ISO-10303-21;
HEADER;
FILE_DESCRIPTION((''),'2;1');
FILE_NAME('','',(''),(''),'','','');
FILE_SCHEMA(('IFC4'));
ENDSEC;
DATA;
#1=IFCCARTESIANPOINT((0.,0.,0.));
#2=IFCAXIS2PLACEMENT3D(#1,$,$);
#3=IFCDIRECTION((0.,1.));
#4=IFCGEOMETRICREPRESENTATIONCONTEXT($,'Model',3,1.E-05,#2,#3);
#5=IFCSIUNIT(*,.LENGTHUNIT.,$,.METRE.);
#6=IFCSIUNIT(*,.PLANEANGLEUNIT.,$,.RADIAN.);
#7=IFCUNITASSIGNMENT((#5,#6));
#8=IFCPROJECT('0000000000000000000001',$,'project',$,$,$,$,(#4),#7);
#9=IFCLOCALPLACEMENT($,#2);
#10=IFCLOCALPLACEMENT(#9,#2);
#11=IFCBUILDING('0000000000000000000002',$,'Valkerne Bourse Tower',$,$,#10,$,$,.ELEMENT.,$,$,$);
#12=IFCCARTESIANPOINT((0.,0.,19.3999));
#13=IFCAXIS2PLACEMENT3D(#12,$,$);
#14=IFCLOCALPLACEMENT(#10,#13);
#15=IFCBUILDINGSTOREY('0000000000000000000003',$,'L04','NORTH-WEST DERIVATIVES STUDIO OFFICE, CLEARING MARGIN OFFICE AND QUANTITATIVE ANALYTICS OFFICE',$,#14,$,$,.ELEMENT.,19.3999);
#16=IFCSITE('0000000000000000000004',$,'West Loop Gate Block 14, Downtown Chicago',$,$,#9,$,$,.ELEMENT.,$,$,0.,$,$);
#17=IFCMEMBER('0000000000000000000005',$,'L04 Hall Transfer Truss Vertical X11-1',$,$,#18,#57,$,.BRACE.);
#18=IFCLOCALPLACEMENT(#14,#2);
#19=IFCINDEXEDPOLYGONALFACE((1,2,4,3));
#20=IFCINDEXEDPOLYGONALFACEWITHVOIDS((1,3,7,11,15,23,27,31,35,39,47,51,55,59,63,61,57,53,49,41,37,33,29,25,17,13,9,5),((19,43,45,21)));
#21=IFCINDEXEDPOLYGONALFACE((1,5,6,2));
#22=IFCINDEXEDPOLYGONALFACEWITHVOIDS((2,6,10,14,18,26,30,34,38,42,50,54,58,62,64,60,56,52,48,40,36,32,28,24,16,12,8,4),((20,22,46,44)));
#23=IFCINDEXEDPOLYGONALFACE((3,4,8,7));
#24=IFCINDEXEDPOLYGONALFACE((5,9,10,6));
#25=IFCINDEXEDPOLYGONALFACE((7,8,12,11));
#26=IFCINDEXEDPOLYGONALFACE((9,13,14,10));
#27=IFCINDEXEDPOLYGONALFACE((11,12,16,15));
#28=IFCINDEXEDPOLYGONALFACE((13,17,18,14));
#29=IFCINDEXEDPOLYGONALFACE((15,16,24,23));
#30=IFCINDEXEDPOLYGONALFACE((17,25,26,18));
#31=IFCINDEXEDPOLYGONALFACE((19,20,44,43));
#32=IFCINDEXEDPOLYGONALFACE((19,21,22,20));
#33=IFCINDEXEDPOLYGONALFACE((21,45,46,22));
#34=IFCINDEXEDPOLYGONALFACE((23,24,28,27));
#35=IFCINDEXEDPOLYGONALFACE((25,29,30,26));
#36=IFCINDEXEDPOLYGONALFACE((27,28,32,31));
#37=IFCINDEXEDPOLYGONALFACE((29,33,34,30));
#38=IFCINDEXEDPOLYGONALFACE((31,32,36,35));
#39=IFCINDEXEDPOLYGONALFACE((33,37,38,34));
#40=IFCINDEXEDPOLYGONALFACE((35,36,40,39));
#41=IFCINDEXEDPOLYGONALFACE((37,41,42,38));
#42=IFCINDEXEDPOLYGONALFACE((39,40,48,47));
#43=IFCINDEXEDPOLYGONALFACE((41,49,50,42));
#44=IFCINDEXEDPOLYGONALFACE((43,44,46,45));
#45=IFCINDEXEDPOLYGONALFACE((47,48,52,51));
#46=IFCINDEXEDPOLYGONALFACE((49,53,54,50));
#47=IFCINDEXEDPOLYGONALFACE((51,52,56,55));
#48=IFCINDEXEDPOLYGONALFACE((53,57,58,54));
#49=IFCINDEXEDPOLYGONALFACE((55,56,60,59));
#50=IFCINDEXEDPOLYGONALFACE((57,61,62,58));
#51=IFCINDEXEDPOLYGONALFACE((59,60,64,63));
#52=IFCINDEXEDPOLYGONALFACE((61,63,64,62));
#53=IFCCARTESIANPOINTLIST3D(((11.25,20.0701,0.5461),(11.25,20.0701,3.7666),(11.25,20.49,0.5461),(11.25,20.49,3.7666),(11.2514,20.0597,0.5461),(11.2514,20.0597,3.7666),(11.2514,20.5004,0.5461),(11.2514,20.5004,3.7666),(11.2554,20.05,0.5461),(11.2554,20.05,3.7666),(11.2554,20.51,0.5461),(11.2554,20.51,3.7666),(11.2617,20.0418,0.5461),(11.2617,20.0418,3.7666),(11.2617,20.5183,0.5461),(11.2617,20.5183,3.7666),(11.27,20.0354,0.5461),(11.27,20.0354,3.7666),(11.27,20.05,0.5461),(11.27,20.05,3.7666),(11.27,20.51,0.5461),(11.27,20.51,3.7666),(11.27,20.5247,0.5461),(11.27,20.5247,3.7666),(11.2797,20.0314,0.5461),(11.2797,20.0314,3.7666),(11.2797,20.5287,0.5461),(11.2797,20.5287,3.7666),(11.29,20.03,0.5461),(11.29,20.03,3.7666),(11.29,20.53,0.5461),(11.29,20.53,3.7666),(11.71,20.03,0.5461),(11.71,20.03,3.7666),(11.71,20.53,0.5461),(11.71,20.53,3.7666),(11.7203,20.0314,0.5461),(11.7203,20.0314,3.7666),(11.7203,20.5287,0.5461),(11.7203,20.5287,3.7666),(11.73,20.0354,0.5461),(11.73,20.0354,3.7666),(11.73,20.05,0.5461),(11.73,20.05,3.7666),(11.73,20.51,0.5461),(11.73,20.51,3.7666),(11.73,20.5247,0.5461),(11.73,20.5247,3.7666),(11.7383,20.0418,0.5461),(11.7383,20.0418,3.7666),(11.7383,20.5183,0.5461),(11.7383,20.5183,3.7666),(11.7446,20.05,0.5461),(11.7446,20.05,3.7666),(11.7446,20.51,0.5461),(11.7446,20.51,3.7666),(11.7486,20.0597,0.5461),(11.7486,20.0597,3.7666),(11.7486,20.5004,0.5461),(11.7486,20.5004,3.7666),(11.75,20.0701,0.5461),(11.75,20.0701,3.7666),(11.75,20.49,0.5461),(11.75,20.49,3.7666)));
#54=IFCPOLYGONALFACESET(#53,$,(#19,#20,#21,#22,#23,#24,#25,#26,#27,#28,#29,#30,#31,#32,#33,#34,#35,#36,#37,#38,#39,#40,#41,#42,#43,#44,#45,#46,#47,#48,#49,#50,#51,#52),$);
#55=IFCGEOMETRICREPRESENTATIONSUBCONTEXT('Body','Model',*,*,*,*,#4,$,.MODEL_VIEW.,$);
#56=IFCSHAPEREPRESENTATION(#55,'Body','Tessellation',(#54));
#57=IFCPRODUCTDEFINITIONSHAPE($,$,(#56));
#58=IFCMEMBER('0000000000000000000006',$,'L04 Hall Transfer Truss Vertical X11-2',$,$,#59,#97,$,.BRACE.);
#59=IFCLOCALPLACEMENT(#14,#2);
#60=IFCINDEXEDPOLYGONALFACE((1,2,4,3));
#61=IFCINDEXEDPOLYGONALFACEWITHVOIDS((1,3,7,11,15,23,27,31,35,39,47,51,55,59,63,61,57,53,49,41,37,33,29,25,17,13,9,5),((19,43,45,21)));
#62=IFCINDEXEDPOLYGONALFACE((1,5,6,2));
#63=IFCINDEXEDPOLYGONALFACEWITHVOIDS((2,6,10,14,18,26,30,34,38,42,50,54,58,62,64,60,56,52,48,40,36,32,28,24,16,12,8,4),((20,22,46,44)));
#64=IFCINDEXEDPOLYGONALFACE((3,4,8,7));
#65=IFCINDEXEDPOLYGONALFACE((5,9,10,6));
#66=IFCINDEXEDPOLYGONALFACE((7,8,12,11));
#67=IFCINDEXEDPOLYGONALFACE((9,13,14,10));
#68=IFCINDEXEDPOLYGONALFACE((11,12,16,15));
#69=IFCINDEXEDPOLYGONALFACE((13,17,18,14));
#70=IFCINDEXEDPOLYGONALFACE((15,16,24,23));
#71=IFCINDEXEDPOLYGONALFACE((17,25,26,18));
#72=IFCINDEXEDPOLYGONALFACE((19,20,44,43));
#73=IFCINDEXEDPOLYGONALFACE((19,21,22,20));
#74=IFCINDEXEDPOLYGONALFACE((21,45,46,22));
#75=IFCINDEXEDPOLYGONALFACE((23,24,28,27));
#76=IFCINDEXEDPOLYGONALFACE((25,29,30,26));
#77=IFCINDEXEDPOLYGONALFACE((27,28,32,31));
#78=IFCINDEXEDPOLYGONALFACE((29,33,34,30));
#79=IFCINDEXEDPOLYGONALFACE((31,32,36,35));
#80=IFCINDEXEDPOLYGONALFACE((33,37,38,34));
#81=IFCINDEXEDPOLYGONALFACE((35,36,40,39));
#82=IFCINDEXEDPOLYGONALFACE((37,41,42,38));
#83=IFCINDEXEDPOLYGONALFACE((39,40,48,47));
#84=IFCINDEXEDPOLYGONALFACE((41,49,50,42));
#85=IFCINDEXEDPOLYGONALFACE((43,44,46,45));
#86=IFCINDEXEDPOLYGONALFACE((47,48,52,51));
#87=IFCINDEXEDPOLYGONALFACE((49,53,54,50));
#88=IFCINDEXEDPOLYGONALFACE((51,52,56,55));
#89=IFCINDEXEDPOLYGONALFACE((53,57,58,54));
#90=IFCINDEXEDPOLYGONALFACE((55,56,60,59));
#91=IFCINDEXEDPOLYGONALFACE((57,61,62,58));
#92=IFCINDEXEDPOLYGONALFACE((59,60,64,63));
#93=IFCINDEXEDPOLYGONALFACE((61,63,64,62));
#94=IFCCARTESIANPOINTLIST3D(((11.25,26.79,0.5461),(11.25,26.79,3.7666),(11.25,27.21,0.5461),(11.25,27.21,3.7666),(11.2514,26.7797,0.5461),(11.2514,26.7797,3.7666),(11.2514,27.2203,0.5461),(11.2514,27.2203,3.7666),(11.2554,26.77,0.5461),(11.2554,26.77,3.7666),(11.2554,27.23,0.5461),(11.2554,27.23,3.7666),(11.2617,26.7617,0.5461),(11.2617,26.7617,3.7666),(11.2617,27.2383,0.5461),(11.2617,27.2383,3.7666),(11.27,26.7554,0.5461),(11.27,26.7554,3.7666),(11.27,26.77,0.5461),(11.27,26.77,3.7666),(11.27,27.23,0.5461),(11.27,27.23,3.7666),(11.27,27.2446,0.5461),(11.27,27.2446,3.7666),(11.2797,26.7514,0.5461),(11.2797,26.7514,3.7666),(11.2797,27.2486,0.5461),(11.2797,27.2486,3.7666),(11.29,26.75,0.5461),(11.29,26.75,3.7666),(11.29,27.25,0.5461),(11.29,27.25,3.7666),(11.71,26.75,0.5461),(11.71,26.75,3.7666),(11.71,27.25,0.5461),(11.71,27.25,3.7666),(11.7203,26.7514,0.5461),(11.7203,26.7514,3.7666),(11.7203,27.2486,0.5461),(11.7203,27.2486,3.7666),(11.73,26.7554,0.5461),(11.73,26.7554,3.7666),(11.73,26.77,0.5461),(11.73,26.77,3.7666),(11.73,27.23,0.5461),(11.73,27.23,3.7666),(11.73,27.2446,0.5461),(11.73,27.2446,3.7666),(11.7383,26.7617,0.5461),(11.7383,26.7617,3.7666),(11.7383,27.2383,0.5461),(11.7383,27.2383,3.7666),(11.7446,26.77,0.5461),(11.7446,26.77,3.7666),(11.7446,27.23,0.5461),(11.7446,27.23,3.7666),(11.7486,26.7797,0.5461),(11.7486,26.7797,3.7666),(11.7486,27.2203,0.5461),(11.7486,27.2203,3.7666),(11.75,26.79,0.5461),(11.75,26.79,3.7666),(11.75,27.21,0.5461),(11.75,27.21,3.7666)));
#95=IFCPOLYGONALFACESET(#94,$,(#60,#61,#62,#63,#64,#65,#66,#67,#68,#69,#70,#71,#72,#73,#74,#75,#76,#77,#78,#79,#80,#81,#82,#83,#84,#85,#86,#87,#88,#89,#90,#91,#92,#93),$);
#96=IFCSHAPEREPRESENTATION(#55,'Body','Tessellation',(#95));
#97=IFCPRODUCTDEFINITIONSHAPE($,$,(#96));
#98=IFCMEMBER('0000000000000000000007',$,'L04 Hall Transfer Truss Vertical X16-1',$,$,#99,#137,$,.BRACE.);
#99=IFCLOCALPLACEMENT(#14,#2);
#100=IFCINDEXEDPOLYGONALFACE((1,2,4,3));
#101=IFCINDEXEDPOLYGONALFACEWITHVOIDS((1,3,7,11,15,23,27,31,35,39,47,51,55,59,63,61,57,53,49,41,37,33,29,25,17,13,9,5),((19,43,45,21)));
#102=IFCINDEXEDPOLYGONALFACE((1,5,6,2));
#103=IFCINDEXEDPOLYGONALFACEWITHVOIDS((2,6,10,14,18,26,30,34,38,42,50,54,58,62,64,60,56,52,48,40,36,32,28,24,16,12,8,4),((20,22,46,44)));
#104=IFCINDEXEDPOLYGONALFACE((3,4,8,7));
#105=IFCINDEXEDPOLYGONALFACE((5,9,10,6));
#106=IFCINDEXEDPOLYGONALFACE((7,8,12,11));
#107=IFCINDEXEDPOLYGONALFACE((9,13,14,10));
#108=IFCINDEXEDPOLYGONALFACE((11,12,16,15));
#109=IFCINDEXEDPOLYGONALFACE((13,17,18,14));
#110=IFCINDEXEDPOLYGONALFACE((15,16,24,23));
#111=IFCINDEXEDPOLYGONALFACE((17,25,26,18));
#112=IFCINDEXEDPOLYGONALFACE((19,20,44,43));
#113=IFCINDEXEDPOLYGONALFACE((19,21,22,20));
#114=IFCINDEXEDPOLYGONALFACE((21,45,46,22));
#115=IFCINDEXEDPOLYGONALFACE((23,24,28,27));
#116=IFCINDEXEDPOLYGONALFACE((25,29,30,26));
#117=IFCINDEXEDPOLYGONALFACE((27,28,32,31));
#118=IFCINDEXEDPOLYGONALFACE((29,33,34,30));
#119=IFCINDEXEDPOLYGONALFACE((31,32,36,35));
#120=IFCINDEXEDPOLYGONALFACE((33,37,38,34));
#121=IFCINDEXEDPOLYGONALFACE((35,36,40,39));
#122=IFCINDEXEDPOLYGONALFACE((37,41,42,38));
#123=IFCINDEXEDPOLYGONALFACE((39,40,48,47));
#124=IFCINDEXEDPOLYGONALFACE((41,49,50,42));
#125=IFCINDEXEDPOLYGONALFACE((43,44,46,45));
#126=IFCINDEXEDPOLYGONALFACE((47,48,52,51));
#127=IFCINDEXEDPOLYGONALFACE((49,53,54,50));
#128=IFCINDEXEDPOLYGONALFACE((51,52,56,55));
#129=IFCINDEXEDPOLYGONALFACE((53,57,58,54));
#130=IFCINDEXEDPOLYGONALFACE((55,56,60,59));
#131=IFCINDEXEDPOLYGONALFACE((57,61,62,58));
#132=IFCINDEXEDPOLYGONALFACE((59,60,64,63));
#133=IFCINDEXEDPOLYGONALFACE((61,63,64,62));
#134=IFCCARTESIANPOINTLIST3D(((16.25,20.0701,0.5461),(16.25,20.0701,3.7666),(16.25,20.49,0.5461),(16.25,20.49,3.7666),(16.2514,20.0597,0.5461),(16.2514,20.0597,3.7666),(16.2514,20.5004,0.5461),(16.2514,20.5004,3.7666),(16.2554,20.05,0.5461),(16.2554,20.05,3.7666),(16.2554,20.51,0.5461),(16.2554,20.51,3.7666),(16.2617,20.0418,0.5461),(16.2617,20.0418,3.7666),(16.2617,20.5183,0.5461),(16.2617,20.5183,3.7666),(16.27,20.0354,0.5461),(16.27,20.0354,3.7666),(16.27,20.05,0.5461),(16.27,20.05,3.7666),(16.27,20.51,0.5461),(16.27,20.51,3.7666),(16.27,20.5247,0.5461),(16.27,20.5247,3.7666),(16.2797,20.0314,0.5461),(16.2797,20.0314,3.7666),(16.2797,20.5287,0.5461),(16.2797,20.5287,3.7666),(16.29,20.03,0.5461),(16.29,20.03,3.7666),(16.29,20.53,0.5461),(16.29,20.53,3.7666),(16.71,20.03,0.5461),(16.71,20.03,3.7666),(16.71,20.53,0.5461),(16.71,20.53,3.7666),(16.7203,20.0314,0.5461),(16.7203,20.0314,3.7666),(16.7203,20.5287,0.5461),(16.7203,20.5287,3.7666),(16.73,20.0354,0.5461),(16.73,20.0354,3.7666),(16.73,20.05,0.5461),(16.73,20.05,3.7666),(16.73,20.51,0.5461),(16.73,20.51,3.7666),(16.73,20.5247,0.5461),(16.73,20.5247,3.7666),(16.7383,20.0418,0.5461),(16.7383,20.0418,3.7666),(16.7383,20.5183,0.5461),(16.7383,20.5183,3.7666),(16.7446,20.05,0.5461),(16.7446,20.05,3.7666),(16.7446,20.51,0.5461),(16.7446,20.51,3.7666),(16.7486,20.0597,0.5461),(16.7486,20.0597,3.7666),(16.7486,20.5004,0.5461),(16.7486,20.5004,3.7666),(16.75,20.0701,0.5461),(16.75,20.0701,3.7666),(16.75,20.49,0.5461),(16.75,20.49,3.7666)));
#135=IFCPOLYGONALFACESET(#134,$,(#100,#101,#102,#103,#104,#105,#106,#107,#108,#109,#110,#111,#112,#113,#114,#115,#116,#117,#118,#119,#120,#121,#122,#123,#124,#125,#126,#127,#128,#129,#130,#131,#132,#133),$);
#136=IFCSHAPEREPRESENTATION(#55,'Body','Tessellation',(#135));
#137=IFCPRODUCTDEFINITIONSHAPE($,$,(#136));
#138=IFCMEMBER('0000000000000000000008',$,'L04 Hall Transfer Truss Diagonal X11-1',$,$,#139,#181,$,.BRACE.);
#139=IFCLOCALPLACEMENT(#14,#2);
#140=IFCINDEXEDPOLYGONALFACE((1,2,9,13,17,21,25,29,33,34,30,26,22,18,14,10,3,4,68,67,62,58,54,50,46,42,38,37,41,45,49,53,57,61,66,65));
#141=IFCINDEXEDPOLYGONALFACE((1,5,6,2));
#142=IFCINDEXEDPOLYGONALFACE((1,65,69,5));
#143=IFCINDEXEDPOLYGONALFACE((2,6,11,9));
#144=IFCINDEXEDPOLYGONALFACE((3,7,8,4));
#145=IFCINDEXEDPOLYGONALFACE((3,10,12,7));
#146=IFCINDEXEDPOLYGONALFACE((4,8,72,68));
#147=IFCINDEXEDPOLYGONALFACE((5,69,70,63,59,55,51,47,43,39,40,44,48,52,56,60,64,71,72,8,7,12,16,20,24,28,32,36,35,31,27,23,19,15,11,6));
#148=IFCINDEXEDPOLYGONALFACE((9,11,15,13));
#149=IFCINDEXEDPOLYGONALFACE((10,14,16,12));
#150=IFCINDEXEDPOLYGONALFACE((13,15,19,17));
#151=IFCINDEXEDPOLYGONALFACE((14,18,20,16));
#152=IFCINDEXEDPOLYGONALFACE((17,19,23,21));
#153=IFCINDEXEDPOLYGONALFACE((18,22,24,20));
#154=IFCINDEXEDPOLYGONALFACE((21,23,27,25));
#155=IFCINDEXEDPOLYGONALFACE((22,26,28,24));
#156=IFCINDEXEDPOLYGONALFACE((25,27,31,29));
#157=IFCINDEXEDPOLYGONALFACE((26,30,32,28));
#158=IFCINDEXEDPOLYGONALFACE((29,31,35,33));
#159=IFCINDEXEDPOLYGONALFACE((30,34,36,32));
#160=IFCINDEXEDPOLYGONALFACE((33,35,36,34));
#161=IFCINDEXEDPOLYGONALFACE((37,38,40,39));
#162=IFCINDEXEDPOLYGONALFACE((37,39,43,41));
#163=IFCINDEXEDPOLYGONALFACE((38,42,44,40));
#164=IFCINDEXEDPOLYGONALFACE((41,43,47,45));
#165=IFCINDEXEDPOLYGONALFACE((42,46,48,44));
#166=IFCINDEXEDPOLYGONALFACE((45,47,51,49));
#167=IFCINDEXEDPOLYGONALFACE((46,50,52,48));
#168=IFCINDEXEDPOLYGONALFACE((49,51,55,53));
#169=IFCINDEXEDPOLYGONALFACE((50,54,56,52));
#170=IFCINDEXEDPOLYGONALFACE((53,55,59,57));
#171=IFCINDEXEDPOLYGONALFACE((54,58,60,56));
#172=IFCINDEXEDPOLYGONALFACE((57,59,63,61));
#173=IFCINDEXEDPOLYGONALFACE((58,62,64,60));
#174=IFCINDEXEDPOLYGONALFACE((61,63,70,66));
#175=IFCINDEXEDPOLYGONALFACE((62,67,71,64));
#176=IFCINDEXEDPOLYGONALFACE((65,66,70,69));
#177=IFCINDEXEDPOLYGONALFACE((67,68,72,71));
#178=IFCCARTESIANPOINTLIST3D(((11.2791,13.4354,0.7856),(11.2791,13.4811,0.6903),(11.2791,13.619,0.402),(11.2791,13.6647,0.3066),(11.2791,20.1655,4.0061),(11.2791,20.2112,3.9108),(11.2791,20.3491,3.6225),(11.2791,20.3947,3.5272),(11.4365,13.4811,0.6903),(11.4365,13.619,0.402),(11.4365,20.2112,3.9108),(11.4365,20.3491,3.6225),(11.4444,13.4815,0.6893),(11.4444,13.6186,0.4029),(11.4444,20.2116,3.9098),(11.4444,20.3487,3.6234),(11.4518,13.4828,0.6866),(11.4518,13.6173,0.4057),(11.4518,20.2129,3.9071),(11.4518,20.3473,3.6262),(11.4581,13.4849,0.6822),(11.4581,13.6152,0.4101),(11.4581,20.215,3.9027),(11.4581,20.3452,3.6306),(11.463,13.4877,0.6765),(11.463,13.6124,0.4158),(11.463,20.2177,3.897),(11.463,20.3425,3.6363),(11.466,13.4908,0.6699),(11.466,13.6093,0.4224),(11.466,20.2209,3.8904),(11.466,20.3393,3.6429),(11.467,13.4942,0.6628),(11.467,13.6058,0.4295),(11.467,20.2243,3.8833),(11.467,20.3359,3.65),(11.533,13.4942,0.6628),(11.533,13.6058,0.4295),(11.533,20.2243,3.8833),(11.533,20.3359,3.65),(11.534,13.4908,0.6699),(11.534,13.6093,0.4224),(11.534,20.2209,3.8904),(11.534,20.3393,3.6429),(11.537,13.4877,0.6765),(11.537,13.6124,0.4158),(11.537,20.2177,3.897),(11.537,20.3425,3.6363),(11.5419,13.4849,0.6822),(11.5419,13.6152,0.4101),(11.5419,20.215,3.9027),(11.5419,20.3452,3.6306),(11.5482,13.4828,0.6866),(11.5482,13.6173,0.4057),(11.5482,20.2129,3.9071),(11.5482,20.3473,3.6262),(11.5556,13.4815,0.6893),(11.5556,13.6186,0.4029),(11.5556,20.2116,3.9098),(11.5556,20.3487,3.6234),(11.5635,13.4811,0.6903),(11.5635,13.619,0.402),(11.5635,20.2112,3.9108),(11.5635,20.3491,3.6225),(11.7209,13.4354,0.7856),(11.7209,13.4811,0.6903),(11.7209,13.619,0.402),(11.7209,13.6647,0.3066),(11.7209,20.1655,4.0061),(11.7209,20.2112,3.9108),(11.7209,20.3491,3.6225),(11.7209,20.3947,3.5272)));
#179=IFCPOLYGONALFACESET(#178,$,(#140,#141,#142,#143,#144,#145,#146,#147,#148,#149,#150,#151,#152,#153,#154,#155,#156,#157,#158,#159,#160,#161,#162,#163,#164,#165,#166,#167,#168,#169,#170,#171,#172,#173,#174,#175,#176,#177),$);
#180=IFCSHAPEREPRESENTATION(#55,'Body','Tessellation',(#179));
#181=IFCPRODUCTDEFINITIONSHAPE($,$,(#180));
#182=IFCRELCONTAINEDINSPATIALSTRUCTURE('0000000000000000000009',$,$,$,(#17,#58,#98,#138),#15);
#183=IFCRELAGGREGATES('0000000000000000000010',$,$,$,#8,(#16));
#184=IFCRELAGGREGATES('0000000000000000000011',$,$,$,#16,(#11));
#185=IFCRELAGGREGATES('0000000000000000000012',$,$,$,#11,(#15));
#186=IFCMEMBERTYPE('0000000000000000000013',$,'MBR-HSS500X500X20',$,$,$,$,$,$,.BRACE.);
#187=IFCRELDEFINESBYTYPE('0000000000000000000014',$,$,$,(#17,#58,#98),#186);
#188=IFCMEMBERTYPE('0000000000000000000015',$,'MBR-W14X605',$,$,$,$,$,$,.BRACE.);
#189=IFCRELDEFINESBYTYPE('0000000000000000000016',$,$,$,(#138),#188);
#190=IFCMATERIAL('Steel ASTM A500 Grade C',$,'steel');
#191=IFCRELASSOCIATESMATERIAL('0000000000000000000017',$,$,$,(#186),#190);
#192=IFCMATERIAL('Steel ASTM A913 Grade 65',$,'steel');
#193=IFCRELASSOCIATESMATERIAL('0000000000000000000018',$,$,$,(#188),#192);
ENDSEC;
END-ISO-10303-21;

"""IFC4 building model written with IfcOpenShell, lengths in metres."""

from ifc_helpers import new_model, si_unit, direction, frame, origin, origin_2d, place, context, subcontext, project, spatial, hollow_rectangle, i_section, extrude, material, material_profile, profile_set, type_object, element, save


model = new_model("IFC4")

# Units and contexts
model_context = context("Model", 3, precision=1e-05, world=origin(), true_north=direction((0.0, 1.0)))
body_context = subcontext(model_context, "Body", "Model", "MODEL_VIEW")
ifc_project = project(units=[si_unit("LENGTHUNIT", "METRE"), si_unit("PLANEANGLEUNIT", "RADIAN")], contexts=[model_context])

# Site, building, storey
site_placement = place(None, origin())
site = spatial("IfcSite", under=ifc_project, at=site_placement, Name="West Loop Gate Block 14, Downtown Chicago", CompositionType="ELEMENT", RefElevation=0.0)
building_placement = place(site_placement, origin())
building = spatial("IfcBuilding", under=site, at=building_placement, Name="Valkerne Bourse Tower", CompositionType="ELEMENT")
storey_placement = place(building_placement, frame((0.0, 0.0, 19.3999)))
storey = spatial("IfcBuildingStorey", under=building, at=storey_placement, Name="L04", Description="NORTH-WEST DERIVATIVES STUDIO OFFICE, CLEARING MARGIN OFFICE AND QUANTITATIVE ANALYTICS OFFICE", CompositionType="ELEMENT", Elevation=19.3999)

# Shared definitions
ifc_material_1 = material(Name="Steel ASTM A913 Grade 65", Category="steel")

# Members
ifc_material_2 = material(Name="Steel ASTM A500 Grade C", Category="steel")
ifc_material_profile_1 = material_profile(ifc_material_2, hollow_rectangle(XDim=0.5, YDim=0.5, WallThickness=0.02, OuterFilletRadius=0.04, at=origin_2d()), Name="HSS500X500X20")
ifc_profile_set_1 = profile_set([ifc_material_profile_1], Name="Steel ASTM A500 Grade C")
member_type_1 = type_object("IfcMemberType", Name="MBR-HSS500X500X20", PredefinedType="BRACE", material=ifc_profile_set_1)
for number, where, z_axis, x_axis, name in (
    (1, (11.5, 20.28, 0.5461), (0.0, 0.0, 1.0), (1.0, 0.0, 0.0), "L04 Hall Transfer Truss Vertical X11-1"),
    (2, (11.5, 27.0, 0.5461), (0.0, 0.0, 1.0), (1.0, 0.0, 0.0), "L04 Hall Transfer Truss Vertical X11-2"),
    (3, (16.5, 20.28, 0.5461), (0.0, 0.0, 1.0), (1.0, 0.0, 0.0), "L04 Hall Transfer Truss Vertical X16-1"),
):
    element("IfcMember", number, at=place(storey_placement, frame(where, z_axis=z_axis, x_axis=x_axis)), inside=storey, type_object=member_type_1, Name=name, PredefinedType="BRACE", context=body_context, shape_type="SweptSolid", body=[
        extrude(hollow_rectangle(XDim=0.5, YDim=0.5, WallThickness=0.02, OuterFilletRadius=0.04, at=origin_2d()), origin(), (0.0, 0.0, 1.0), 3.2205),
    ])
ifc_material_profile_2 = material_profile(ifc_material_1, i_section(OverallWidth=0.4419, OverallDepth=0.531, WebThickness=0.0659, FlangeThickness=0.1057, FilletRadius=0.0305, at=origin_2d()), Name="W14X605")
ifc_profile_set_2 = profile_set([ifc_material_profile_2], Name="Steel ASTM A913 Grade 65")
member_type_2 = type_object("IfcMemberType", Name="MBR-W14X605", PredefinedType="BRACE", material=ifc_profile_set_2)
member_1_placement = place(storey_placement, frame((11.5, 13.55, 0.5461), z_axis=(0.0, 0.902042, 0.431649), x_axis=(-1.0, 0.0, 0.0)))
element("IfcMember", 4, at=member_1_placement, inside=storey, type_object=member_type_2, Name="L04 Hall Transfer Truss Diagonal X11-1", PredefinedType="BRACE", context=body_context, shape_type="SweptSolid", body=[
    extrude(i_section(OverallWidth=0.4419, OverallDepth=0.531, WebThickness=0.0659, FlangeThickness=0.1057, FilletRadius=0.0305, at=origin_2d()), origin(), (0.0, 0.0, 1.0), 7.4609),
])

save(model, "model.ifc")
